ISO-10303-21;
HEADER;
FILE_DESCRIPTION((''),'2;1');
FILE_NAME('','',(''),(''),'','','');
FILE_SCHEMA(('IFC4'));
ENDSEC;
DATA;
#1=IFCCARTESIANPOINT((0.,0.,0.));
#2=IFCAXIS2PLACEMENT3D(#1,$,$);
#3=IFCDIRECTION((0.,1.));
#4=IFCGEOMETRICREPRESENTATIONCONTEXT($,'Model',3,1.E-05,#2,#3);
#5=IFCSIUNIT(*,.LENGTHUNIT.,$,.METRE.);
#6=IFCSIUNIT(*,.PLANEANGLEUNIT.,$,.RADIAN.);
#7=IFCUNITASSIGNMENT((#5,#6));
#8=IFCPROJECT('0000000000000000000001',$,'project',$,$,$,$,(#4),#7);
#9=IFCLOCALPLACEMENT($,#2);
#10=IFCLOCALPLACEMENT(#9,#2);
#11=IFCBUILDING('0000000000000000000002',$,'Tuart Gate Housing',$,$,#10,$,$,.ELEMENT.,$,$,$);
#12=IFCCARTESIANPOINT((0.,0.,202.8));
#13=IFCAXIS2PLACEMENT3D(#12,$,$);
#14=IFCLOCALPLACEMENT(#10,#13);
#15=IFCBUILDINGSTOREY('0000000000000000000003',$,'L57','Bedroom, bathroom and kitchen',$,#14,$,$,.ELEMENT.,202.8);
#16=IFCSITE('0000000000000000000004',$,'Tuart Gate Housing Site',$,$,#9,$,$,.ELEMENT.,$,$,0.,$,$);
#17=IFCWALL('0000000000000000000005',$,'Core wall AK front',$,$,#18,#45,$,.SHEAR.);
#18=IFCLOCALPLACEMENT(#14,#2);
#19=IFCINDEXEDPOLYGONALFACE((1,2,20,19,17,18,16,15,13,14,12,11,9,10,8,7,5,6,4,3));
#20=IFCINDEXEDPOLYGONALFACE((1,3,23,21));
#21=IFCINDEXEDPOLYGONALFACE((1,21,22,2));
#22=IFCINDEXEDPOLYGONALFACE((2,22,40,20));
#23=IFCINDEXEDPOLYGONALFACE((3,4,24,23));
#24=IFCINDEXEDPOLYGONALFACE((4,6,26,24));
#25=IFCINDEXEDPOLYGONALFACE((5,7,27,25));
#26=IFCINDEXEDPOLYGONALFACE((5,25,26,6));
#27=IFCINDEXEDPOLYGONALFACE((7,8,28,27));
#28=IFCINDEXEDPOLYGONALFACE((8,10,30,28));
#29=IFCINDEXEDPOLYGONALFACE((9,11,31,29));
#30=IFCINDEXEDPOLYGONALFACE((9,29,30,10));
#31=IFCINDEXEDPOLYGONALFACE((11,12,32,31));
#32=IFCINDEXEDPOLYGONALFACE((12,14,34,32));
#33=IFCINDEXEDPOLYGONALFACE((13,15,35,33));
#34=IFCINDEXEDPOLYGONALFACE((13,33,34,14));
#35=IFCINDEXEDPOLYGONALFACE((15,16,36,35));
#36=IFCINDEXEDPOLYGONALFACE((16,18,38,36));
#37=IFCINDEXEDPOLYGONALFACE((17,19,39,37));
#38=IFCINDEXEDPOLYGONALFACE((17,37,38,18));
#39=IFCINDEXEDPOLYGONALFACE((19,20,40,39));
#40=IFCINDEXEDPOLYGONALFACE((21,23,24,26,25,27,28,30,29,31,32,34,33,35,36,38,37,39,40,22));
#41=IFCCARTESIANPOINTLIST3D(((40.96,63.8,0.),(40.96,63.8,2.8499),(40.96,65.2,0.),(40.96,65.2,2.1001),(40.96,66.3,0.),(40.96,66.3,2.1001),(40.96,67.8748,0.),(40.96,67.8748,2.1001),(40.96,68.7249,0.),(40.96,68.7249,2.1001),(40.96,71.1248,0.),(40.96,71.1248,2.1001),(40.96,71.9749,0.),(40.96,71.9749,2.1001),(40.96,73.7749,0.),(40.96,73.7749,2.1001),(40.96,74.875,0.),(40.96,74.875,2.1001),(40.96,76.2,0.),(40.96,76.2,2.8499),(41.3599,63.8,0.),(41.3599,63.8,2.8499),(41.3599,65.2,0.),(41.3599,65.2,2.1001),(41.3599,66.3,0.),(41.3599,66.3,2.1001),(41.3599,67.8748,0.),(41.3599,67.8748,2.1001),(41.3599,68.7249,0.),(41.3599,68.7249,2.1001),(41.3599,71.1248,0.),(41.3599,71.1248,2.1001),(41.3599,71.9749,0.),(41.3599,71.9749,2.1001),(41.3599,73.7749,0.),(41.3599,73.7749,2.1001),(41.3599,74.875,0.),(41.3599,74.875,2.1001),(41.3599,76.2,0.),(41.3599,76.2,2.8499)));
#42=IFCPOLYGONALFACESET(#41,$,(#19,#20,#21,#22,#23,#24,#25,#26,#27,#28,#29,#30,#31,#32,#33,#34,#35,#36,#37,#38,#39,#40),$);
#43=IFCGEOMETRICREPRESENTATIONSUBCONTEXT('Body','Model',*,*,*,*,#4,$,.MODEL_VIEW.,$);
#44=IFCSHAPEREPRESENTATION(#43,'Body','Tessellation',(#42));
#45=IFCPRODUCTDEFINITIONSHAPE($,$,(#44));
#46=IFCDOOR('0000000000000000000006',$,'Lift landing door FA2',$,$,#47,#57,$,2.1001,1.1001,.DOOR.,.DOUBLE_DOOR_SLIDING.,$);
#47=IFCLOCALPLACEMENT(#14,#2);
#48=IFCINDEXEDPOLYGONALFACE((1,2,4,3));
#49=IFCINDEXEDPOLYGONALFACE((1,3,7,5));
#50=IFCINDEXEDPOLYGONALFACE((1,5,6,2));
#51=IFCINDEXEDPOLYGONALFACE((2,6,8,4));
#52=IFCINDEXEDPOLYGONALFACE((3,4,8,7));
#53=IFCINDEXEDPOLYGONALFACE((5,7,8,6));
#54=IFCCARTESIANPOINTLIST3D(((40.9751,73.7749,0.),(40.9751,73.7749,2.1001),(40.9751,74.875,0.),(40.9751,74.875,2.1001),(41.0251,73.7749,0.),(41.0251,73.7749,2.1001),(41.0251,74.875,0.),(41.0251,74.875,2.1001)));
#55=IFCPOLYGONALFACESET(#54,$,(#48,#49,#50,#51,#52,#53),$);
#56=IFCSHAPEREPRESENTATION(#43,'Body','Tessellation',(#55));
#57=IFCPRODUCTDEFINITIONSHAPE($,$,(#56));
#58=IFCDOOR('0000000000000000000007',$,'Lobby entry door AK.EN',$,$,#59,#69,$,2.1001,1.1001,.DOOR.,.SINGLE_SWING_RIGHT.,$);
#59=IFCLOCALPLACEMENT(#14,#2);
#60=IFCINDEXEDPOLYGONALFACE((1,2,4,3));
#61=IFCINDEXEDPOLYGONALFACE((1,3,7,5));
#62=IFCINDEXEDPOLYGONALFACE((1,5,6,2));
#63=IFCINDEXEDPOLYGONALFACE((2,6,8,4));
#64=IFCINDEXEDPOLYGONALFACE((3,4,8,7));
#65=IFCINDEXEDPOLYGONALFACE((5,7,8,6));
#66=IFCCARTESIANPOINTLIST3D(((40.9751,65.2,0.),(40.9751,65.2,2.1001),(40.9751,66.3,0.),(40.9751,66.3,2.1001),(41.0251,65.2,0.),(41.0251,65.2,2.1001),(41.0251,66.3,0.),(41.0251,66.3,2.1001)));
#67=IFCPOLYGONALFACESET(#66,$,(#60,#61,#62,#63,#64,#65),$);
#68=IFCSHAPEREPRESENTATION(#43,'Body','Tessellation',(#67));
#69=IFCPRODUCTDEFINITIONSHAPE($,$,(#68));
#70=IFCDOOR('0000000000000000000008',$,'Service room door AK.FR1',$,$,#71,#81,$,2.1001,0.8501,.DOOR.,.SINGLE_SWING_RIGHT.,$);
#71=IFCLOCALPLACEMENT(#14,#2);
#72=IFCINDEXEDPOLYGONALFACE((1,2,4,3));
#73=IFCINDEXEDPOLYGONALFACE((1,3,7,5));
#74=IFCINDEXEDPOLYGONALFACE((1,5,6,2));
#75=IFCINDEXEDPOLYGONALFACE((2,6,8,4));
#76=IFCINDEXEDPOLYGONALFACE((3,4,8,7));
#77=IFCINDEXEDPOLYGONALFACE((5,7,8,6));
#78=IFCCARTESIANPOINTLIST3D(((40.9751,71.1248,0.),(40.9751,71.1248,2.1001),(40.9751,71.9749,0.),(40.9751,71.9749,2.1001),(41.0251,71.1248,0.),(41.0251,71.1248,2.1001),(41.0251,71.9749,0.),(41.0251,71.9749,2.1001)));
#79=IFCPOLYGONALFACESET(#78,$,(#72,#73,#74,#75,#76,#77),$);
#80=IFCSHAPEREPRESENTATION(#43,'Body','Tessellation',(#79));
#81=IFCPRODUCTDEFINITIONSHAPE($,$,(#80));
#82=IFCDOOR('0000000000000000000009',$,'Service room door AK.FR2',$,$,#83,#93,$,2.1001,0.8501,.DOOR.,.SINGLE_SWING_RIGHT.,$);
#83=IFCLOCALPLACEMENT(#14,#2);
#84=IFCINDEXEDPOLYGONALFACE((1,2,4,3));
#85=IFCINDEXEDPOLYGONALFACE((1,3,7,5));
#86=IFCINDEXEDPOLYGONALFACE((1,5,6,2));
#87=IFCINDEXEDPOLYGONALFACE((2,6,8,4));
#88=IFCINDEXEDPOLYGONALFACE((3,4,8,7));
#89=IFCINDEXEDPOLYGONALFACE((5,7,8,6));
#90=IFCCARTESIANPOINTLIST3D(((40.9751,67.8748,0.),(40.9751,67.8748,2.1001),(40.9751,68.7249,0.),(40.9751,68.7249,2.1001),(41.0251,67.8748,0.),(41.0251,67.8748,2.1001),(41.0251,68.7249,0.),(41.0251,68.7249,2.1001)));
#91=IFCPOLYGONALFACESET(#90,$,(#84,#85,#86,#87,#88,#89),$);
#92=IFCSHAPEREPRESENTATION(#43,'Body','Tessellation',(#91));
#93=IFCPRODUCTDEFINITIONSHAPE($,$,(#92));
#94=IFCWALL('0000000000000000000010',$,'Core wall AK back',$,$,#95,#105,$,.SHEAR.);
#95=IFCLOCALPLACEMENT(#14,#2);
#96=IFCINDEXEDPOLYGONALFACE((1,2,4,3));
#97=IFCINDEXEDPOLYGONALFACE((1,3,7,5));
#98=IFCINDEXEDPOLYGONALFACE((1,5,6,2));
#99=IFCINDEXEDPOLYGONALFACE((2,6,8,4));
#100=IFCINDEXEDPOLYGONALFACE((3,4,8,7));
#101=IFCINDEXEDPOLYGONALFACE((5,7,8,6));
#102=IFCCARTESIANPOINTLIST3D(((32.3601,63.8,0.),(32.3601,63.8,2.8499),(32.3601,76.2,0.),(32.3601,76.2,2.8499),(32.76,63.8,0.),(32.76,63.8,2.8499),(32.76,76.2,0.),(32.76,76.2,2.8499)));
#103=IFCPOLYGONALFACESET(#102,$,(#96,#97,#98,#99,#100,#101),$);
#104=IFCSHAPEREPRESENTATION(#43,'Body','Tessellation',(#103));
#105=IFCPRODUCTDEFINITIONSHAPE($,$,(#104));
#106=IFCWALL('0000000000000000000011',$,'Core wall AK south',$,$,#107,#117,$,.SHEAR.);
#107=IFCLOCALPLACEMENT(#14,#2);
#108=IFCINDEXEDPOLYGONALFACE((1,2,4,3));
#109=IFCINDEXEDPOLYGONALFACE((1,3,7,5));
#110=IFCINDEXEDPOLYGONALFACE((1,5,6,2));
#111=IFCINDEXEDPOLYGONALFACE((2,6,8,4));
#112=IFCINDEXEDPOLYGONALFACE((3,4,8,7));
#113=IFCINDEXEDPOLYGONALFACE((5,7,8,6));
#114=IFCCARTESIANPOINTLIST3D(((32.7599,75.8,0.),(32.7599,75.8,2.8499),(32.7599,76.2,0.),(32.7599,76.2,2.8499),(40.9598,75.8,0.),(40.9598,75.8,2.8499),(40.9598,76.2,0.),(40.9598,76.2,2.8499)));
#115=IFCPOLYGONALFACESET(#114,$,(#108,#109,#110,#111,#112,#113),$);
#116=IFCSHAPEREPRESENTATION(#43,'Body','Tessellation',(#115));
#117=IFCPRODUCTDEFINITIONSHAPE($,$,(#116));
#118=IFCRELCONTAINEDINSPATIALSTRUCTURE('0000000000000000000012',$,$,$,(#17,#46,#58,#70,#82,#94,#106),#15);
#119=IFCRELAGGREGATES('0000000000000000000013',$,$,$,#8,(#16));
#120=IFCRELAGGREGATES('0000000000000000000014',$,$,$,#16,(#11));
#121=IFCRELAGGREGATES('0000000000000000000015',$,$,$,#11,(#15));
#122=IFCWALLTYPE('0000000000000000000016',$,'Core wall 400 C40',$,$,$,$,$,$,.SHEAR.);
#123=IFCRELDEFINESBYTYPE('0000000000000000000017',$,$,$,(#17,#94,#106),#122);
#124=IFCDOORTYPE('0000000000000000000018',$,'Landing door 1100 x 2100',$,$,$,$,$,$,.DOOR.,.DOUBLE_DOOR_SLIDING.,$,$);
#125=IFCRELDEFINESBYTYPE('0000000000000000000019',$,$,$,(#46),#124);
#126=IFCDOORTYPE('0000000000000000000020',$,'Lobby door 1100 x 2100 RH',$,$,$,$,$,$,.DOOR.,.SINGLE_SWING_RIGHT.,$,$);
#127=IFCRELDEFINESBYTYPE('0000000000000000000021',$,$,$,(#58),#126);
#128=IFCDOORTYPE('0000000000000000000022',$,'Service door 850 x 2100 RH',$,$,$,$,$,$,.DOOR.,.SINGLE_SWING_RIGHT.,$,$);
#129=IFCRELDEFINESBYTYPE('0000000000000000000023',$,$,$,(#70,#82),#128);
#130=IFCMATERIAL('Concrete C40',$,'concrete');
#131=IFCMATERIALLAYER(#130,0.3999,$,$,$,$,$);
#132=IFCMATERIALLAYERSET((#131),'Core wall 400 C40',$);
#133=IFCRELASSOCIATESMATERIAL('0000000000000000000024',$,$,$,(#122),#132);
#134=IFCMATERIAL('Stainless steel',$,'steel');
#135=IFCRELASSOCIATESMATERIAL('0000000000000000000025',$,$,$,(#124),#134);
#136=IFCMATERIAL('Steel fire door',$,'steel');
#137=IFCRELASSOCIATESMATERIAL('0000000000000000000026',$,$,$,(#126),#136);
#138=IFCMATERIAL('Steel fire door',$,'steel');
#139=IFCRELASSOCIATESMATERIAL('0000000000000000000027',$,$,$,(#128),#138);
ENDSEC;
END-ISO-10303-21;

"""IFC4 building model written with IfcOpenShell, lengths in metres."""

from ifc_helpers import new_model, si_unit, direction, frame, frame_2d, origin, place, context, subcontext, project, spatial, rectangle, extrude, material, layer, layer_set, type_object, element, fill, save


model = new_model("IFC4")

# Units and contexts
model_context = context("Model", 3, precision=1e-05, world=origin(), true_north=direction((0.0, 1.0)))
body_context = subcontext(model_context, "Body", "Model", "MODEL_VIEW")
ifc_project = project(units=[si_unit("LENGTHUNIT", "METRE"), si_unit("PLANEANGLEUNIT", "RADIAN")], contexts=[model_context])

# Site, building, storey
site_placement = place(None, origin())
site = spatial("IfcSite", under=ifc_project, at=site_placement, Name="Tuart Gate Housing Site", CompositionType="ELEMENT", RefElevation=0.0)
building_placement = place(site_placement, origin())
building = spatial("IfcBuilding", under=site, at=building_placement, Name="Tuart Gate Housing", CompositionType="ELEMENT")
storey_placement = place(building_placement, frame((0.0, 0.0, 202.8)))
storey = spatial("IfcBuildingStorey", under=building, at=storey_placement, Name="L57", Description="Bedroom, bathroom and kitchen", CompositionType="ELEMENT", Elevation=202.8)

# Wall, openings, doors
ifc_material_1 = material(Name="Concrete C40", Category="concrete")
ifc_layer_1 = layer(ifc_material_1, 0.3999)
ifc_layer_set_1 = layer_set([ifc_layer_1], Name="Core wall 400 C40")
wall_type_1 = type_object("IfcWallType", Name="Core wall 400 C40", PredefinedType="SHEAR", material=ifc_layer_set_1)
wall_1_placement = place(storey_placement, frame((41.1599, 76.2, 0.0), z_axis=(0.0, 0.0, 1.0), x_axis=(0.0, -1.0, 0.0)))
wall_1 = element("IfcWall", 1, at=wall_1_placement, inside=storey, type_object=wall_type_1, Name="Core wall AK front", PredefinedType="SHEAR", context=body_context, shape_type="SweptSolid", body=[
    extrude(rectangle(XDim=12.3999, YDim=0.3999, at=frame_2d((6.2, 0.0))), origin(), (0.0, 0.0, 1.0), 2.8499),
])
opening_1_placement = place(wall_1_placement, frame((1.325, 0.0, 0.0)))
opening_1 = element("IfcOpeningElement", 2, at=opening_1_placement, cuts=wall_1, PredefinedType="OPENING", context=body_context, shape_type="SweptSolid", body=[
    extrude(rectangle(XDim=1.1001, YDim=2.1001, at=frame_2d((0.55, 1.05))), frame((0.0, 0.21, 0.0), z_axis=(0.0, -1.0, 0.0), x_axis=(1.0, 0.0, 0.0)), (0.0, 0.0, 1.0), 0.4199),
])
opening_2_placement = place(wall_1_placement, frame((4.2251, 0.0, 0.0)))
opening_2 = element("IfcOpeningElement", 3, at=opening_2_placement, cuts=wall_1, PredefinedType="OPENING", context=body_context, shape_type="SweptSolid", body=[
    extrude(rectangle(XDim=0.8501, YDim=2.1001, at=frame_2d((0.425, 1.05))), frame((0.0, 0.21, 0.0), z_axis=(0.0, -1.0, 0.0), x_axis=(1.0, 0.0, 0.0)), (0.0, 0.0, 1.0), 0.4199),
])
opening_3_placement = place(wall_1_placement, frame((7.4751, 0.0, 0.0)))
opening_3 = element("IfcOpeningElement", 4, at=opening_3_placement, cuts=wall_1, PredefinedType="OPENING", context=body_context, shape_type="SweptSolid", body=[
    extrude(rectangle(XDim=0.8501, YDim=2.1001, at=frame_2d((0.425, 1.05))), frame((0.0, 0.21, 0.0), z_axis=(0.0, -1.0, 0.0), x_axis=(1.0, 0.0, 0.0)), (0.0, 0.0, 1.0), 0.4199),
])
opening_4_placement = place(wall_1_placement, frame((9.8999, 0.0, 0.0)))
opening_4 = element("IfcOpeningElement", 5, at=opening_4_placement, cuts=wall_1, PredefinedType="OPENING", context=body_context, shape_type="SweptSolid", body=[
    extrude(rectangle(XDim=1.1001, YDim=2.1001, at=frame_2d((0.55, 1.05))), frame((0.0, 0.21, 0.0), z_axis=(0.0, -1.0, 0.0), x_axis=(1.0, 0.0, 0.0)), (0.0, 0.0, 1.0), 0.4199),
])
ifc_material_2 = material(Name="Stainless steel", Category="steel")
door_type_1 = type_object("IfcDoorType", Name="Landing door 1100 x 2100", OperationType="DOUBLE_DOOR_SLIDING", PredefinedType="DOOR", material=ifc_material_2)
door_1_placement = place(opening_1_placement, origin())
door_1 = element("IfcDoor", 6, at=door_1_placement, inside=storey, type_object=door_type_1, Name="Lift landing door FA2", OperationType="DOUBLE_DOOR_SLIDING", OverallHeight=2.1001, OverallWidth=1.1001, PredefinedType="DOOR", context=body_context, shape_type="SweptSolid", body=[
    extrude(rectangle(XDim=1.1001, YDim=2.1001, at=frame_2d((0.55, 1.05))), frame((0.0, -0.1348, 0.0), z_axis=(0.0, -1.0, 0.0), x_axis=(1.0, 0.0, 0.0)), (0.0, 0.0, 1.0), 0.05),
])
fill(opening_1, door_1)
ifc_material_3 = material(Name="Steel fire door", Category="steel")
door_type_2 = type_object("IfcDoorType", Name="Lobby door 1100 x 2100 RH", OperationType="SINGLE_SWING_RIGHT", PredefinedType="DOOR", material=ifc_material_3)
door_2_placement = place(opening_4_placement, frame((1.1001, 0.0, 0.0), z_axis=(0.0, 0.0, 1.0), x_axis=(-1.0, 0.0, 0.0)))
door_2 = element("IfcDoor", 7, at=door_2_placement, inside=storey, type_object=door_type_2, Name="Lobby entry door AK.EN", OperationType="SINGLE_SWING_RIGHT", OverallHeight=2.1001, OverallWidth=1.1001, PredefinedType="DOOR", context=body_context, shape_type="SweptSolid", body=[
    extrude(rectangle(XDim=1.1001, YDim=2.1001, at=frame_2d((0.55, 1.05))), frame((0.0, 0.1848, 0.0), z_axis=(0.0, -1.0, 0.0), x_axis=(1.0, 0.0, 0.0)), (0.0, 0.0, 1.0), 0.05),
])
fill(opening_4, door_2)
ifc_material_4 = material(Name="Steel fire door", Category="steel")
door_type_3 = type_object("IfcDoorType", Name="Service door 850 x 2100 RH", OperationType="SINGLE_SWING_RIGHT", PredefinedType="DOOR", material=ifc_material_4)
door_3_placement = place(opening_2_placement, frame((0.8501, 0.0, 0.0), z_axis=(0.0, 0.0, 1.0), x_axis=(-1.0, 0.0, 0.0)))
door_3 = element("IfcDoor", 8, at=door_3_placement, inside=storey, type_object=door_type_3, Name="Service room door AK.FR1", OperationType="SINGLE_SWING_RIGHT", OverallHeight=2.1001, OverallWidth=0.8501, PredefinedType="DOOR", context=body_context, shape_type="SweptSolid", body=[
    extrude(rectangle(XDim=0.8501, YDim=2.1001, at=frame_2d((0.425, 1.05))), frame((0.0, 0.1848, 0.0), z_axis=(0.0, -1.0, 0.0), x_axis=(1.0, 0.0, 0.0)), (0.0, 0.0, 1.0), 0.05),
])
fill(opening_2, door_3)
door_4_placement = place(opening_3_placement, frame((0.8501, 0.0, 0.0), z_axis=(0.0, 0.0, 1.0), x_axis=(-1.0, 0.0, 0.0)))
door_4 = element("IfcDoor", 9, at=door_4_placement, inside=storey, type_object=door_type_3, Name="Service room door AK.FR2", OperationType="SINGLE_SWING_RIGHT", OverallHeight=2.1001, OverallWidth=0.8501, PredefinedType="DOOR", context=body_context, shape_type="SweptSolid", body=[
    extrude(rectangle(XDim=0.8501, YDim=2.1001, at=frame_2d((0.425, 1.05))), frame((0.0, 0.1848, 0.0), z_axis=(0.0, -1.0, 0.0), x_axis=(1.0, 0.0, 0.0)), (0.0, 0.0, 1.0), 0.05),
])
fill(opening_3, door_4)

# Walls
wall_2_placement = place(storey_placement, frame((32.5601, 76.2, 0.0), z_axis=(0.0, 0.0, 1.0), x_axis=(0.0, -1.0, 0.0)))
element("IfcWall", 10, at=wall_2_placement, inside=storey, type_object=wall_type_1, Name="Core wall AK back", PredefinedType="SHEAR", context=body_context, shape_type="SweptSolid", body=[
    extrude(rectangle(XDim=12.3999, YDim=0.3999, at=frame_2d((6.2, 0.0))), origin(), (0.0, 0.0, 1.0), 2.8499),
])
wall_3_placement = place(storey_placement, frame((40.96, 76.0, 0.0), z_axis=(0.0, 0.0, 1.0), x_axis=(-1.0, 0.0, 0.0)))
element("IfcWall", 11, at=wall_3_placement, inside=storey, type_object=wall_type_1, Name="Core wall AK south", PredefinedType="SHEAR", context=body_context, shape_type="SweptSolid", body=[
    extrude(rectangle(XDim=8.2, YDim=0.3999, at=frame_2d((4.1001, 0.0))), origin(), (0.0, 0.0, 1.0), 2.8499),
])

save(model, "model.ifc")
